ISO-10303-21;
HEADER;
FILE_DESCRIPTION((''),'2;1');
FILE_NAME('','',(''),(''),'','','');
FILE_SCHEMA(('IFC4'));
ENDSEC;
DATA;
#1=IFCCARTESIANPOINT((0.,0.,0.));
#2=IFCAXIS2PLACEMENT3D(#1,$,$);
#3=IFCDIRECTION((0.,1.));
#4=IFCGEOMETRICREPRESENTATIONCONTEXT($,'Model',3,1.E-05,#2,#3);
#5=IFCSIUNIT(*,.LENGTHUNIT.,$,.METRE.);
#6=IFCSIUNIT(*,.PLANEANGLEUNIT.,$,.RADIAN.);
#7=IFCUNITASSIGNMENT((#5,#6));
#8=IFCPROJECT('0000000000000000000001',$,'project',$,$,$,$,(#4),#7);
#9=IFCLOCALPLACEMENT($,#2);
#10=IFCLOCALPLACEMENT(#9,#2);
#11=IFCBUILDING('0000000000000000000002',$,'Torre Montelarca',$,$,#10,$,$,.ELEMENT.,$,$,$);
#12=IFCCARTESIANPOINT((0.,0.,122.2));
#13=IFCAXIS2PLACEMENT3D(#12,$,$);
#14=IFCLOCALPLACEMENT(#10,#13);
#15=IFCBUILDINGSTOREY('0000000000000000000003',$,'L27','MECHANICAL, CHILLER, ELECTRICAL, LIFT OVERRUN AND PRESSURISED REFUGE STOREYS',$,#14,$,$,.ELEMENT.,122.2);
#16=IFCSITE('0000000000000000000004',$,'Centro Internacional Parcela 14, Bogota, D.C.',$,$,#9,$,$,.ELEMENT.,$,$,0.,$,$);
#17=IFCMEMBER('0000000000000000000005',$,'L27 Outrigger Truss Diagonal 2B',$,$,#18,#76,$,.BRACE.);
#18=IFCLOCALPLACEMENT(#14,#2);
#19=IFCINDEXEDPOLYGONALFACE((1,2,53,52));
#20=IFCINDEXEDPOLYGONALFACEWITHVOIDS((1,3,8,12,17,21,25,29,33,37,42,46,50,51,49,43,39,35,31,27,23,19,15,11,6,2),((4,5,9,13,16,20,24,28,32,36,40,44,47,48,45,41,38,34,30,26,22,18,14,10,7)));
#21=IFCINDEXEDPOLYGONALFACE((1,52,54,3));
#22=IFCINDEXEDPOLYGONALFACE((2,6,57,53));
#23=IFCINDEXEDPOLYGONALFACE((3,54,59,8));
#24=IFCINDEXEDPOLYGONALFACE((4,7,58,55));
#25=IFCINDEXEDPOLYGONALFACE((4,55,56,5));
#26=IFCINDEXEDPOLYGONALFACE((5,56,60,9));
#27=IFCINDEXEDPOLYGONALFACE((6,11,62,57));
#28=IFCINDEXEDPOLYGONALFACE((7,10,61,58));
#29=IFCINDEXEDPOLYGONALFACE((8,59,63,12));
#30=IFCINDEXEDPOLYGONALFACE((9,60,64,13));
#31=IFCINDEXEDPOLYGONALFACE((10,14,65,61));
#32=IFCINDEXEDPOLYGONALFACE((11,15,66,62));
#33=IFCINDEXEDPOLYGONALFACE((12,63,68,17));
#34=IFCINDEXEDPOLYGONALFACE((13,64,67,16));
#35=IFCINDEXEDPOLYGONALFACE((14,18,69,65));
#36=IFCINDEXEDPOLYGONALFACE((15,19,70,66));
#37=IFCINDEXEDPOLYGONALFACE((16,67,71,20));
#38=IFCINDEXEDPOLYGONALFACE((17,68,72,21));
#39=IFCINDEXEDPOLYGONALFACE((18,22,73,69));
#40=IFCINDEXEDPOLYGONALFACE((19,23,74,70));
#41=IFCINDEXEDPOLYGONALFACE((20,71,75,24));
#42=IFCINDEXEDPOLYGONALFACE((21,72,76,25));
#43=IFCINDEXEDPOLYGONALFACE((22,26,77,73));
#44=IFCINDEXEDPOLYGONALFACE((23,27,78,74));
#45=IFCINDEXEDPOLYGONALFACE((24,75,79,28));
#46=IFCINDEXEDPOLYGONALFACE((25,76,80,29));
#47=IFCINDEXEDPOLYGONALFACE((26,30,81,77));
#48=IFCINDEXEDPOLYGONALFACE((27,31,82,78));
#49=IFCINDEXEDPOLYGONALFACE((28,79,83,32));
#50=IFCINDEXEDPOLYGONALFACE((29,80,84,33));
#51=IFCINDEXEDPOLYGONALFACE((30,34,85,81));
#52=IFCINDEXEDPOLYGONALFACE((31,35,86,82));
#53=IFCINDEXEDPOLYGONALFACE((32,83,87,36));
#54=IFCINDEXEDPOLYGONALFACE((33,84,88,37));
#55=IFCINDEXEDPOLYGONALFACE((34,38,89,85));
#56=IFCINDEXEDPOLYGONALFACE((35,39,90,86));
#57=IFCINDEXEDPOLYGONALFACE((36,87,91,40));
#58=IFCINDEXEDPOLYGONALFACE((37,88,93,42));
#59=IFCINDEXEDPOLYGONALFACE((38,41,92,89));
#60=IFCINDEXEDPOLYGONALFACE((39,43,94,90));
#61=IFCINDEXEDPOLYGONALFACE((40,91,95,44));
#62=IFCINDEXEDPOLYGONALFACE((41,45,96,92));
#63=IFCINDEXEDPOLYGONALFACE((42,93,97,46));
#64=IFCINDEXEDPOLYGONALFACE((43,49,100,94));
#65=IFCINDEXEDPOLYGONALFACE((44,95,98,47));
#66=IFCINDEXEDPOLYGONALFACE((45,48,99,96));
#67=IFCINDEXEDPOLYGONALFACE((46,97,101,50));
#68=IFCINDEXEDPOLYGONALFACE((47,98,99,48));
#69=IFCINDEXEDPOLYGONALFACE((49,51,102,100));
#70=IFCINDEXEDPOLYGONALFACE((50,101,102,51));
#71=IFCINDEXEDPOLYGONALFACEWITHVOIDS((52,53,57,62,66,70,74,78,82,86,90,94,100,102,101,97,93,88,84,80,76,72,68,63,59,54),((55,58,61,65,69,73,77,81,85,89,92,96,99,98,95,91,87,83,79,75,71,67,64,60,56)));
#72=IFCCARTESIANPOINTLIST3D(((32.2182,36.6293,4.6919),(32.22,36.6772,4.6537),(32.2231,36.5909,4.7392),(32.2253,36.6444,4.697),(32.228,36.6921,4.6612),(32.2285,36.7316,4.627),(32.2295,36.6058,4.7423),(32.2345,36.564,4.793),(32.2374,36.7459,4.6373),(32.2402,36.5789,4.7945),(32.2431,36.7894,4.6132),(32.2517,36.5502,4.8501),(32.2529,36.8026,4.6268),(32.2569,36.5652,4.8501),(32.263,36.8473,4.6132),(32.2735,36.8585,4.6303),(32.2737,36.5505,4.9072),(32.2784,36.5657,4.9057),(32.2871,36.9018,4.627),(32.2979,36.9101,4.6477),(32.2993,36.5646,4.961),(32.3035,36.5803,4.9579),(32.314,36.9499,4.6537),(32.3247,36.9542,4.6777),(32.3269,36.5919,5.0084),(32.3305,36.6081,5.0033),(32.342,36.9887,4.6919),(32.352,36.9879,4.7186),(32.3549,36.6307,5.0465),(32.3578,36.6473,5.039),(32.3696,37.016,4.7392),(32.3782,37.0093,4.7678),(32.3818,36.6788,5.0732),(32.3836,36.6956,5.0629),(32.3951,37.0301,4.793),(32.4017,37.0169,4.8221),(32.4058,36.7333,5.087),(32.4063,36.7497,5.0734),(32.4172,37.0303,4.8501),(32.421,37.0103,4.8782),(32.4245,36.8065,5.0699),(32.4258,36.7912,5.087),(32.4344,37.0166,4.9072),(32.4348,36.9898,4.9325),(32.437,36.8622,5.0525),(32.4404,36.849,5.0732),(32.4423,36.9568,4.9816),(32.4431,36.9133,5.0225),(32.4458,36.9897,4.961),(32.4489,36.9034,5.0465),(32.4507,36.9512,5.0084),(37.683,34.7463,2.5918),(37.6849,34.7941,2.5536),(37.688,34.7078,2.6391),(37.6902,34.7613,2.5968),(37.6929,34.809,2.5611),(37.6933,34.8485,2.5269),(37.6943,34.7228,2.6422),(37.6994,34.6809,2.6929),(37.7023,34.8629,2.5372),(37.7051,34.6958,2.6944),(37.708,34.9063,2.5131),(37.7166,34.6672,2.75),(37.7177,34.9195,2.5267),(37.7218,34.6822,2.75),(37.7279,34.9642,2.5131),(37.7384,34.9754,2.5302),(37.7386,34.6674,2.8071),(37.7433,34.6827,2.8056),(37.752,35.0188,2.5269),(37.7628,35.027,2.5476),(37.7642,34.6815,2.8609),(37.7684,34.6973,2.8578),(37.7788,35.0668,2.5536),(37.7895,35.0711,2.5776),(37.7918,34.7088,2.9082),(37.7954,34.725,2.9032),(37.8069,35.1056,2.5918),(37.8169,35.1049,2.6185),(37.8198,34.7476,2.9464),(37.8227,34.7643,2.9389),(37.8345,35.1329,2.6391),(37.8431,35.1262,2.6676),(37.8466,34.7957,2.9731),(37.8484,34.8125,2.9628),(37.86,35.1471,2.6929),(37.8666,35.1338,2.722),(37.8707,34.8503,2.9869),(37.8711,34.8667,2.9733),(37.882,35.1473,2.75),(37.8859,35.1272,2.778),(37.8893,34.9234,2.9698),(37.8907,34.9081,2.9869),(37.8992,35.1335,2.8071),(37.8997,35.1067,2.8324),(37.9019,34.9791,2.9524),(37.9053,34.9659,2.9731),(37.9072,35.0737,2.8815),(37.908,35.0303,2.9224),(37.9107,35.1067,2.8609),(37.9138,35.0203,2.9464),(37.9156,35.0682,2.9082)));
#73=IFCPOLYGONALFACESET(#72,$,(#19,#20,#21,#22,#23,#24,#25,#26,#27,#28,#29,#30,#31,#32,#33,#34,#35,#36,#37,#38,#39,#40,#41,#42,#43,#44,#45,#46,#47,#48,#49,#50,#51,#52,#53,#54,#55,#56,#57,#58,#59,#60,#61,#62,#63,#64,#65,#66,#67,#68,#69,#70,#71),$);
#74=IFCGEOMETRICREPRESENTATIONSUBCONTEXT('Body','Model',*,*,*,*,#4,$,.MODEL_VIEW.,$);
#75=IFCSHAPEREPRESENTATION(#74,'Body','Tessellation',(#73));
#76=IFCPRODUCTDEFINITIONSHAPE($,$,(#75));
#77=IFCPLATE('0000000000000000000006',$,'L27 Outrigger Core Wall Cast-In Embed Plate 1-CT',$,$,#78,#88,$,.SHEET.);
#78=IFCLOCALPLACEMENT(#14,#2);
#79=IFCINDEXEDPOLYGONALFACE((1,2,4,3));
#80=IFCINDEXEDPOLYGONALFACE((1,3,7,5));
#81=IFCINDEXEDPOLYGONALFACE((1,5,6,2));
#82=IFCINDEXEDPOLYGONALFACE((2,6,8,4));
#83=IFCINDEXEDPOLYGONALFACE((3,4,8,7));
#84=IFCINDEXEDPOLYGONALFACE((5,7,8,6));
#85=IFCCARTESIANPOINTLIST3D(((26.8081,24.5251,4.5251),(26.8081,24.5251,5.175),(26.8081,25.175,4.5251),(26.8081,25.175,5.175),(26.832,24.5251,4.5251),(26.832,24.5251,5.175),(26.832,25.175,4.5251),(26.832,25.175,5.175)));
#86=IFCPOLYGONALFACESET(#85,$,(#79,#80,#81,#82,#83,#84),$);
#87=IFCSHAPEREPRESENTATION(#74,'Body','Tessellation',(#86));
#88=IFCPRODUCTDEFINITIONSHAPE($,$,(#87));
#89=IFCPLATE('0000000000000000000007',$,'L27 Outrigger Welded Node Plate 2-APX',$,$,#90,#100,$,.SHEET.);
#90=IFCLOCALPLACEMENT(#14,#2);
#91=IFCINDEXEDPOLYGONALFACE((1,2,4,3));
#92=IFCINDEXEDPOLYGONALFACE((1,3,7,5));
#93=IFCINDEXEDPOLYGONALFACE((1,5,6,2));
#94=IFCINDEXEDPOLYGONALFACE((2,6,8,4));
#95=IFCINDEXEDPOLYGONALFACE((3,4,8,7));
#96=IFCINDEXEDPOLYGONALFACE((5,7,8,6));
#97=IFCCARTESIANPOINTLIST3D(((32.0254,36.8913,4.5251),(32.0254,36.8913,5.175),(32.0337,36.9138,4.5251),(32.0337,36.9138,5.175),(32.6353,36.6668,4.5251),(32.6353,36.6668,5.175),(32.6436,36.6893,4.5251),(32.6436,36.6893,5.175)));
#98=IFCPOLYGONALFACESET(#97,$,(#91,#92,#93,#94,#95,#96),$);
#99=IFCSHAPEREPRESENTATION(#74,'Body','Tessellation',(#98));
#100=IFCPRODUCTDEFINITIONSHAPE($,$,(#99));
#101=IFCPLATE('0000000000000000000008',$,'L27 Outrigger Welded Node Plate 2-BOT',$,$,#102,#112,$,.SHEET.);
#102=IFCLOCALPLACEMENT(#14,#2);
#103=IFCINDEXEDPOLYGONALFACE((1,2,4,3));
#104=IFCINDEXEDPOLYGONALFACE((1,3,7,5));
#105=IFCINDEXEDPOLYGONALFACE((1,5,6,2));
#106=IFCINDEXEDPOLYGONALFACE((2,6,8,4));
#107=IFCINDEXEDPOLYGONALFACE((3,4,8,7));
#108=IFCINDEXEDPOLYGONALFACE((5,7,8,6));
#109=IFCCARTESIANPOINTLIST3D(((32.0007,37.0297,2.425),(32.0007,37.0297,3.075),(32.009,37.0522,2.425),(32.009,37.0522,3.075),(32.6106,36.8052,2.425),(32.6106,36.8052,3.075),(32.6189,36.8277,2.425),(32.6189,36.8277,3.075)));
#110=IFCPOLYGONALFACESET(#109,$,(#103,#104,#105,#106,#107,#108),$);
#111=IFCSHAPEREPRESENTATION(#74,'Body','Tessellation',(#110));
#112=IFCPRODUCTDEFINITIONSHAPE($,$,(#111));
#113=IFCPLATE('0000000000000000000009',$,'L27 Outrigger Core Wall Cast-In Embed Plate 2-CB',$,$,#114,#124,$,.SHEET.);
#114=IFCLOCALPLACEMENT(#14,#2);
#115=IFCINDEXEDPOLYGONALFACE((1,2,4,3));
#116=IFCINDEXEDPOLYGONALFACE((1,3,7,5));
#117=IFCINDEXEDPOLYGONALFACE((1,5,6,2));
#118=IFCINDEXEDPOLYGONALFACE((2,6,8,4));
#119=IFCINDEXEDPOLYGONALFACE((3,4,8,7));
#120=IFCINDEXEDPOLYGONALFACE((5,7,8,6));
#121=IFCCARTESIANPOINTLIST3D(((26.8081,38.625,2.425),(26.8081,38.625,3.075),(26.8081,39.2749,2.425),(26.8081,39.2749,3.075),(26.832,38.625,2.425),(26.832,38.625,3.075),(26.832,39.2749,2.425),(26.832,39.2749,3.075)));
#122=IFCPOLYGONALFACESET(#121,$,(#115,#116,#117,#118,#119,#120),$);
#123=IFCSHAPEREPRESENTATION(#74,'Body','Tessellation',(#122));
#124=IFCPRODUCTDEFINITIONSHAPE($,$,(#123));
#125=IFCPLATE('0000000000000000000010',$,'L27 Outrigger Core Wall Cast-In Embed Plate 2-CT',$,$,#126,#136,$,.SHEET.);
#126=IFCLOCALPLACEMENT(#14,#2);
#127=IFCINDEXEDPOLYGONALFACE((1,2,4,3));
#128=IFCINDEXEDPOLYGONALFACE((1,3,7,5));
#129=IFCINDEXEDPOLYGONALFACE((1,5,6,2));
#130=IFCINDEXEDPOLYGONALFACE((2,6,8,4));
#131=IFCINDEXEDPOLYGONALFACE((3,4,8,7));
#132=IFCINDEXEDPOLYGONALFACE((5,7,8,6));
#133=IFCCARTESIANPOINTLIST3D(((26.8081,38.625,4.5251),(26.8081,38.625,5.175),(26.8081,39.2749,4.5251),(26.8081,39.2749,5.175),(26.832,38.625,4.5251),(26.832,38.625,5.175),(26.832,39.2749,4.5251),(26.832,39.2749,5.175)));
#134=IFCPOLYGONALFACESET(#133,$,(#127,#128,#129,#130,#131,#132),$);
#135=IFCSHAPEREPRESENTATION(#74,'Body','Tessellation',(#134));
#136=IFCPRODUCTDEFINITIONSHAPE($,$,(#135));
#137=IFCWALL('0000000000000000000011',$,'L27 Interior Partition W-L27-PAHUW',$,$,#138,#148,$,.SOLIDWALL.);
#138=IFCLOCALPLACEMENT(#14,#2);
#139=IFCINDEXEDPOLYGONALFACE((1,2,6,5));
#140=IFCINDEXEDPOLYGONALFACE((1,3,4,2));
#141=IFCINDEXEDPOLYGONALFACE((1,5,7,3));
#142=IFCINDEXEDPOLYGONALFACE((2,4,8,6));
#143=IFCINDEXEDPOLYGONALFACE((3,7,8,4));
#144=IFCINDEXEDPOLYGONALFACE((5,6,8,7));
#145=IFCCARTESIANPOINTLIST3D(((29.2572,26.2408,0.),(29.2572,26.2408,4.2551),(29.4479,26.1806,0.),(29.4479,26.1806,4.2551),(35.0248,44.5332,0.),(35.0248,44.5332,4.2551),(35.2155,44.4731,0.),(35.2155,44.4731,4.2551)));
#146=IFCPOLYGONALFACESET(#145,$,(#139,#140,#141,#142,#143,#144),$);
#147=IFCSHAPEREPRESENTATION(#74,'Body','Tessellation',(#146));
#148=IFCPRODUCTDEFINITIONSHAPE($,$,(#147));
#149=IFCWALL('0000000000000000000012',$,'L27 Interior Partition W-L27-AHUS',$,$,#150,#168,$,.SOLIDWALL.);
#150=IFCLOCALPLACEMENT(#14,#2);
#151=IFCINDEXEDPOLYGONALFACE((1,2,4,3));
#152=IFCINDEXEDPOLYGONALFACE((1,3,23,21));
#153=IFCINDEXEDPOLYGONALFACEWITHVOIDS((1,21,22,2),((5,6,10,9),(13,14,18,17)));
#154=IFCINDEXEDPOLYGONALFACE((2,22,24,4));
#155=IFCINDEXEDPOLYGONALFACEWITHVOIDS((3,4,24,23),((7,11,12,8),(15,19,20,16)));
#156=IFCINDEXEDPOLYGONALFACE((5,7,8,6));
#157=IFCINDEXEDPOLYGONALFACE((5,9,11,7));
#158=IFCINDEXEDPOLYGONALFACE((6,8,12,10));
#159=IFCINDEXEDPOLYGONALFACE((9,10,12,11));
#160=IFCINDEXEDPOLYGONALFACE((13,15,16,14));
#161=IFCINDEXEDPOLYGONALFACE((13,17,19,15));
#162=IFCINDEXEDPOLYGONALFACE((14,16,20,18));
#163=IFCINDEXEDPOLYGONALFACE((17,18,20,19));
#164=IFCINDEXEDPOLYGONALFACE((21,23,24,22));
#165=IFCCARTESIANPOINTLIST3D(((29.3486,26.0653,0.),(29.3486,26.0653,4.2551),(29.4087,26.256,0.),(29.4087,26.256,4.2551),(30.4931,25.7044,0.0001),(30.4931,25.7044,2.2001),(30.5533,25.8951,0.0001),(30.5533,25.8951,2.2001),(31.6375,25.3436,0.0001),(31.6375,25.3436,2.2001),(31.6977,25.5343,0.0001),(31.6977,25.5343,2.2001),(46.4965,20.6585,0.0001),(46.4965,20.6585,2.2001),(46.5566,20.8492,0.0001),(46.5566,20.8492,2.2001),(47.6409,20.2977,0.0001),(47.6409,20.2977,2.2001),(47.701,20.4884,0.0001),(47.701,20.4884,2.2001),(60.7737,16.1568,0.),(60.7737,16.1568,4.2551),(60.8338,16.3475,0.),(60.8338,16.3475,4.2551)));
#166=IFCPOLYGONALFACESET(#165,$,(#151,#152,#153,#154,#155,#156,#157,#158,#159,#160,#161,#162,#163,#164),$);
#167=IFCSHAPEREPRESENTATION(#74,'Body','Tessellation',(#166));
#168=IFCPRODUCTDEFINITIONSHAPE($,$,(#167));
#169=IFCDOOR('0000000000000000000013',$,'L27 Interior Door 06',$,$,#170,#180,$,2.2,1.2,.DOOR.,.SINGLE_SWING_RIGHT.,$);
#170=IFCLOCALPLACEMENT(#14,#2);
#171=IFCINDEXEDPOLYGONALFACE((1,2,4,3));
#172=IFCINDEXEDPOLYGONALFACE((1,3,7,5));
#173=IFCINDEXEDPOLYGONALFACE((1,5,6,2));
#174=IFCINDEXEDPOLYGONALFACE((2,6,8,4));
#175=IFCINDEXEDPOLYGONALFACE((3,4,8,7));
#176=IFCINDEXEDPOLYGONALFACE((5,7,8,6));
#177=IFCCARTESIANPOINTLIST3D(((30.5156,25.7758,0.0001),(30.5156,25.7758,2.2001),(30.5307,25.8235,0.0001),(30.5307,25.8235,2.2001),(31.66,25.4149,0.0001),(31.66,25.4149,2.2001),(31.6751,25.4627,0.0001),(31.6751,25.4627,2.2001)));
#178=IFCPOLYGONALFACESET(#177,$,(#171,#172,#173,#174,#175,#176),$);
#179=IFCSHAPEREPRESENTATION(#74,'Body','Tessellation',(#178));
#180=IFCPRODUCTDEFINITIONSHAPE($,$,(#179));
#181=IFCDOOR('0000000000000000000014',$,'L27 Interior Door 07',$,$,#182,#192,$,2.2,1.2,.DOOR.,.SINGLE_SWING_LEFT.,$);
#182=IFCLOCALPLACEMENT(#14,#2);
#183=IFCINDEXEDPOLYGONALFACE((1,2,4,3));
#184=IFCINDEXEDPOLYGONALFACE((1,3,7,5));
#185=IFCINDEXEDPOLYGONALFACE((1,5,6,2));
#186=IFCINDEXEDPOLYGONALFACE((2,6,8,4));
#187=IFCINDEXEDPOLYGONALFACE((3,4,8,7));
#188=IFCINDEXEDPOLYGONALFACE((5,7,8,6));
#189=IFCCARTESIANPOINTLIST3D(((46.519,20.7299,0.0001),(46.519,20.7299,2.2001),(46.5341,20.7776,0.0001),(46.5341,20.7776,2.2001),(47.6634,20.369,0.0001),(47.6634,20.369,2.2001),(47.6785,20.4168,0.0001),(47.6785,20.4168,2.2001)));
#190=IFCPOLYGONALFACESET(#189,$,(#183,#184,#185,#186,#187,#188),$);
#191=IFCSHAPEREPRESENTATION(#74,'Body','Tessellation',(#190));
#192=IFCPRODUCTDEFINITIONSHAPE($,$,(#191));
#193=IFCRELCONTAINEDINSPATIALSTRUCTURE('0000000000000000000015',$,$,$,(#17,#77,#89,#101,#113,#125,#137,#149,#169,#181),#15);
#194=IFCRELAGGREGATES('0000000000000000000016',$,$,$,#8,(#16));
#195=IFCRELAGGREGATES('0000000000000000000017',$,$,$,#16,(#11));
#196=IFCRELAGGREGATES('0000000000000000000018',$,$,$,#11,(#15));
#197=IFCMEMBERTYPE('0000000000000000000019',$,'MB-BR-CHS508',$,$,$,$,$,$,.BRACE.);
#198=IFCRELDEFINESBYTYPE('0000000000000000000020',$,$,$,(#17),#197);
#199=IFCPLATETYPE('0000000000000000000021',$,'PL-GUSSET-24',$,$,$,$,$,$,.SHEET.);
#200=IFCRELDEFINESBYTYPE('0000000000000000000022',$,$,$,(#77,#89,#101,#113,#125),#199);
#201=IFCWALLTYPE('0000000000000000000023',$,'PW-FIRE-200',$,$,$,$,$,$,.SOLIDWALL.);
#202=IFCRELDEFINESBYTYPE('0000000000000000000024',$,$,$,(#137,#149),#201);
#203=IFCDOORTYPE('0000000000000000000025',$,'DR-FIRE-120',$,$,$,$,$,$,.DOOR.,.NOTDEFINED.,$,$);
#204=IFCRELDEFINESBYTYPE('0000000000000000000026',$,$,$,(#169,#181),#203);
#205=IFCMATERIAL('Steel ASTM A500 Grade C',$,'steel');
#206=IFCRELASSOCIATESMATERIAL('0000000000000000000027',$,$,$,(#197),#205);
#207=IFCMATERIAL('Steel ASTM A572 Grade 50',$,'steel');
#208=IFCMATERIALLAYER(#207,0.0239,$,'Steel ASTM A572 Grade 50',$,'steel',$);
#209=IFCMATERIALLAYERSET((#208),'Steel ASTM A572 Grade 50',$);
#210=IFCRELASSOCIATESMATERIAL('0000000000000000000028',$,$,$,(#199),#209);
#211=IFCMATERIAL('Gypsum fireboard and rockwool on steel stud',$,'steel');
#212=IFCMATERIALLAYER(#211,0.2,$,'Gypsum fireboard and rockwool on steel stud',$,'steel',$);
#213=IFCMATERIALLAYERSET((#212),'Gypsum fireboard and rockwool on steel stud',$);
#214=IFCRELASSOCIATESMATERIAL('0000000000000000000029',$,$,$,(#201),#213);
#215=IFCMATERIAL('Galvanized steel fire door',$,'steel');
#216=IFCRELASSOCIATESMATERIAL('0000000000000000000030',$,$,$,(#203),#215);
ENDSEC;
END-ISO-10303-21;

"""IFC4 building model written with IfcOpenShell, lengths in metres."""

from ifc_helpers import new_model, si_unit, direction, frame, frame_2d, origin, origin_2d, place, context, subcontext, project, spatial, rectangle, hollow_circle, extrude, source, transform, mapped, material, layer, layer_set, material_profile, profile_set, type_object, element, fill, save


model = new_model("IFC4")

# Units and contexts
model_context = context("Model", 3, precision=1e-05, world=origin(), true_north=direction((0.0, 1.0)))
body_context = subcontext(model_context, "Body", "Model", "MODEL_VIEW")
ifc_project = project(units=[si_unit("LENGTHUNIT", "METRE"), si_unit("PLANEANGLEUNIT", "RADIAN")], contexts=[model_context])

# Site, building, storey
site_placement = place(None, origin())
site = spatial("IfcSite", under=ifc_project, at=site_placement, Name="Centro Internacional Parcela 14, Bogota, D.C.", CompositionType="ELEMENT", RefElevation=0.0)
building_placement = place(site_placement, origin())
building = spatial("IfcBuilding", under=site, at=building_placement, Name="Torre Montelarca", CompositionType="ELEMENT")
storey_placement = place(building_placement, frame((0.0, 0.0, 122.2)))
storey = spatial("IfcBuildingStorey", under=building, at=storey_placement, Name="L27", Description="MECHANICAL, CHILLER, ELECTRICAL, LIFT OVERRUN AND PRESSURISED REFUGE STOREYS", CompositionType="ELEMENT", Elevation=122.2)

# Member
ifc_material_1 = material(Name="Steel ASTM A500 Grade C", Category="steel")
ifc_material_profile_1 = material_profile(ifc_material_1, hollow_circle(Radius=0.2539, WallThickness=0.0159, at=origin_2d()), Name="HSS508.0X15.9", Category="steel")
ifc_profile_set_1 = profile_set([ifc_material_profile_1], Name="Steel ASTM A500 Grade C")
member_type_1 = type_object("IfcMemberType", Name="MB-BR-CHS508", PredefinedType="BRACE", material=ifc_profile_set_1)
shared_shape_1 = source(origin(), body_context, "Body", "SweptSolid", [
    extrude(hollow_circle(Radius=0.2539, WallThickness=0.0159, at=origin_2d()), origin(), (0.0, 0.0, 1.0), 6.1499),
])
member_1_placement = place(storey_placement, frame((37.7993, 34.9072, 2.75), z_axis=(-0.888612, 0.306195, 0.341487), x_axis=(-0.325778, -0.945446, 0.0)))
element("IfcMember", 1, at=member_1_placement, inside=storey, type_object=member_type_1, Name="L27 Outrigger Truss Diagonal 2B", PredefinedType="BRACE", context=body_context, shape_type="MappedRepresentation", body=[
    mapped(shared_shape_1, transform((0.0, 0.0, 0.0), scale=1.0)),
])

# Plates
ifc_material_2 = material(Name="Steel ASTM A572 Grade 50", Category="steel")
ifc_layer_1 = layer(ifc_material_2, 0.0239, Name="Steel ASTM A572 Grade 50", Category="steel")
ifc_layer_set_1 = layer_set([ifc_layer_1], Name="Steel ASTM A572 Grade 50")
plate_type = type_object("IfcPlateType", Name="PL-GUSSET-24", PredefinedType="SHEET", material=ifc_layer_set_1)
shared_shape_2 = source(origin(), body_context, "Body", "SweptSolid", [
    extrude(rectangle(XDim=0.6499, YDim=0.0239, at=origin_2d()), origin(), (0.0, 0.0, 1.0), 0.6499),
])
for number, where, z_axis, x_axis, name in (
    (2, (26.8201, 24.8501, 4.5251), (0.0, 0.0, 1.0), (0.0, 1.0, 0.0), "L27 Outrigger Core Wall Cast-In Embed Plate 1-CT"),
    (3, (32.3345, 36.7903, 4.5251), (0.0, 0.0, 1.0), (-0.938433, 0.345462, 0.0), "L27 Outrigger Welded Node Plate 2-APX"),
    (4, (32.3098, 36.9287, 2.425), (0.0, 0.0, 1.0), (-0.938433, 0.345462, 0.0), "L27 Outrigger Welded Node Plate 2-BOT"),
    (5, (26.8201, 38.95, 2.425), (0.0, 0.0, 1.0), (0.0, 1.0, 0.0), "L27 Outrigger Core Wall Cast-In Embed Plate 2-CB"),
    (6, (26.8201, 38.95, 4.5251), (0.0, 0.0, 1.0), (0.0, 1.0, 0.0), "L27 Outrigger Core Wall Cast-In Embed Plate 2-CT"),
):
    element("IfcPlate", number, at=place(storey_placement, frame(where, z_axis=z_axis, x_axis=x_axis)), inside=storey, type_object=plate_type, Name=name, PredefinedType="SHEET", context=body_context, shape_type="MappedRepresentation", body=[
        mapped(shared_shape_2, transform((0.0, 0.0, 0.0), scale=1.0)),
    ])

# Wall
ifc_material_3 = material(Name="Gypsum fireboard and rockwool on steel stud", Category="steel")
ifc_layer_2 = layer(ifc_material_3, 0.2, Name="Gypsum fireboard and rockwool on steel stud", Category="steel")
ifc_layer_set_2 = layer_set([ifc_layer_2], Name="Gypsum fireboard and rockwool on steel stud")
wall_type = type_object("IfcWallType", Name="PW-FIRE-200", PredefinedType="SOLIDWALL", material=ifc_layer_set_2)
wall_1_placement = place(storey_placement, frame((29.3525, 26.2107, 0.0), z_axis=(0.0, 0.0, 1.0), x_axis=(0.300705, 0.953717, 0.0)))
element("IfcWall", 7, at=wall_1_placement, inside=storey, type_object=wall_type, Name="L27 Interior Partition W-L27-PAHUW", PredefinedType="SOLIDWALL", context=body_context, shape_type="SweptSolid", body=[
    extrude(rectangle(XDim=19.1802, YDim=0.2, at=frame_2d((9.5901, 0.0))), origin(), (0.0, 0.0, 1.0), 4.2551),
])

# Wall, openings, doors
wall_2_placement = place(storey_placement, frame((29.3787, 26.1606, 0.0), z_axis=(0.0, 0.0, 1.0), x_axis=(0.953715, -0.30071, 0.0)))
wall_2 = element("IfcWall", 8, at=wall_2_placement, inside=storey, type_object=wall_type, Name="L27 Interior Partition W-L27-AHUS", PredefinedType="SOLIDWALL", context=body_context, shape_type="SweptSolid", body=[
    extrude(rectangle(XDim=32.9502, YDim=0.2, at=frame_2d((16.4751, 0.0))), origin(), (0.0, 0.0, 1.0), 4.2551),
])
opening_1_placement = place(wall_2_placement, frame((1.2, 0.0, 0.0)))
opening_1 = element("IfcOpeningElement", 9, at=opening_1_placement, cuts=wall_2, PredefinedType="OPENING", context=body_context, shape_type="SweptSolid", body=[
    extrude(rectangle(XDim=1.2, YDim=2.2, at=frame_2d((0.6001, 1.1001))), frame((0.0, 0.1099, 0.0), z_axis=(0.0, -1.0, 0.0), x_axis=(1.0, 0.0, 0.0)), (0.0, 0.0, 1.0), 0.22),
])
opening_2_placement = place(wall_2_placement, frame((17.98, 0.0, 0.0)))
opening_2 = element("IfcOpeningElement", 10, at=opening_2_placement, cuts=wall_2, PredefinedType="OPENING", context=body_context, shape_type="SweptSolid", body=[
    extrude(rectangle(XDim=1.2, YDim=2.2, at=frame_2d((0.6001, 1.1001))), frame((0.0, 0.1099, 0.0), z_axis=(0.0, -1.0, 0.0), x_axis=(1.0, 0.0, 0.0)), (0.0, 0.0, 1.0), 0.22),
])
ifc_material_4 = material(Name="Galvanized steel fire door", Category="steel")
door_type = type_object("IfcDoorType", Name="DR-FIRE-120", OperationType="NOTDEFINED", PredefinedType="DOOR", material=ifc_material_4)
shared_shape_3 = source(origin(), body_context, "Body", "SweptSolid", [
    extrude(rectangle(XDim=1.2, YDim=2.2, at=frame_2d((0.6001, 1.1001))), frame((0.0, 0.0249, 0.0), z_axis=(0.0, -1.0, 0.0), x_axis=(1.0, 0.0, 0.0)), (0.0, 0.0, 1.0), 0.05),
])
door_1_placement = place(opening_1_placement, origin())
door_1 = element("IfcDoor", 11, at=door_1_placement, inside=storey, type_object=door_type, Name="L27 Interior Door 06", OperationType="SINGLE_SWING_RIGHT", OverallHeight=2.2, OverallWidth=1.2, PredefinedType="DOOR", context=body_context, shape_type="MappedRepresentation", body=[
    mapped(shared_shape_3, transform((0.0, 0.0, 0.0), scale=1.0)),
])
fill(opening_1, door_1)
door_2_placement = place(opening_2_placement, origin())
door_2 = element("IfcDoor", 12, at=door_2_placement, inside=storey, type_object=door_type, Name="L27 Interior Door 07", OperationType="SINGLE_SWING_LEFT", OverallHeight=2.2, OverallWidth=1.2, PredefinedType="DOOR", context=body_context, shape_type="MappedRepresentation", body=[
    mapped(shared_shape_3, transform((0.0, 0.0, 0.0), scale=1.0)),
])
fill(opening_2, door_2)

save(model, "model.ifc")
